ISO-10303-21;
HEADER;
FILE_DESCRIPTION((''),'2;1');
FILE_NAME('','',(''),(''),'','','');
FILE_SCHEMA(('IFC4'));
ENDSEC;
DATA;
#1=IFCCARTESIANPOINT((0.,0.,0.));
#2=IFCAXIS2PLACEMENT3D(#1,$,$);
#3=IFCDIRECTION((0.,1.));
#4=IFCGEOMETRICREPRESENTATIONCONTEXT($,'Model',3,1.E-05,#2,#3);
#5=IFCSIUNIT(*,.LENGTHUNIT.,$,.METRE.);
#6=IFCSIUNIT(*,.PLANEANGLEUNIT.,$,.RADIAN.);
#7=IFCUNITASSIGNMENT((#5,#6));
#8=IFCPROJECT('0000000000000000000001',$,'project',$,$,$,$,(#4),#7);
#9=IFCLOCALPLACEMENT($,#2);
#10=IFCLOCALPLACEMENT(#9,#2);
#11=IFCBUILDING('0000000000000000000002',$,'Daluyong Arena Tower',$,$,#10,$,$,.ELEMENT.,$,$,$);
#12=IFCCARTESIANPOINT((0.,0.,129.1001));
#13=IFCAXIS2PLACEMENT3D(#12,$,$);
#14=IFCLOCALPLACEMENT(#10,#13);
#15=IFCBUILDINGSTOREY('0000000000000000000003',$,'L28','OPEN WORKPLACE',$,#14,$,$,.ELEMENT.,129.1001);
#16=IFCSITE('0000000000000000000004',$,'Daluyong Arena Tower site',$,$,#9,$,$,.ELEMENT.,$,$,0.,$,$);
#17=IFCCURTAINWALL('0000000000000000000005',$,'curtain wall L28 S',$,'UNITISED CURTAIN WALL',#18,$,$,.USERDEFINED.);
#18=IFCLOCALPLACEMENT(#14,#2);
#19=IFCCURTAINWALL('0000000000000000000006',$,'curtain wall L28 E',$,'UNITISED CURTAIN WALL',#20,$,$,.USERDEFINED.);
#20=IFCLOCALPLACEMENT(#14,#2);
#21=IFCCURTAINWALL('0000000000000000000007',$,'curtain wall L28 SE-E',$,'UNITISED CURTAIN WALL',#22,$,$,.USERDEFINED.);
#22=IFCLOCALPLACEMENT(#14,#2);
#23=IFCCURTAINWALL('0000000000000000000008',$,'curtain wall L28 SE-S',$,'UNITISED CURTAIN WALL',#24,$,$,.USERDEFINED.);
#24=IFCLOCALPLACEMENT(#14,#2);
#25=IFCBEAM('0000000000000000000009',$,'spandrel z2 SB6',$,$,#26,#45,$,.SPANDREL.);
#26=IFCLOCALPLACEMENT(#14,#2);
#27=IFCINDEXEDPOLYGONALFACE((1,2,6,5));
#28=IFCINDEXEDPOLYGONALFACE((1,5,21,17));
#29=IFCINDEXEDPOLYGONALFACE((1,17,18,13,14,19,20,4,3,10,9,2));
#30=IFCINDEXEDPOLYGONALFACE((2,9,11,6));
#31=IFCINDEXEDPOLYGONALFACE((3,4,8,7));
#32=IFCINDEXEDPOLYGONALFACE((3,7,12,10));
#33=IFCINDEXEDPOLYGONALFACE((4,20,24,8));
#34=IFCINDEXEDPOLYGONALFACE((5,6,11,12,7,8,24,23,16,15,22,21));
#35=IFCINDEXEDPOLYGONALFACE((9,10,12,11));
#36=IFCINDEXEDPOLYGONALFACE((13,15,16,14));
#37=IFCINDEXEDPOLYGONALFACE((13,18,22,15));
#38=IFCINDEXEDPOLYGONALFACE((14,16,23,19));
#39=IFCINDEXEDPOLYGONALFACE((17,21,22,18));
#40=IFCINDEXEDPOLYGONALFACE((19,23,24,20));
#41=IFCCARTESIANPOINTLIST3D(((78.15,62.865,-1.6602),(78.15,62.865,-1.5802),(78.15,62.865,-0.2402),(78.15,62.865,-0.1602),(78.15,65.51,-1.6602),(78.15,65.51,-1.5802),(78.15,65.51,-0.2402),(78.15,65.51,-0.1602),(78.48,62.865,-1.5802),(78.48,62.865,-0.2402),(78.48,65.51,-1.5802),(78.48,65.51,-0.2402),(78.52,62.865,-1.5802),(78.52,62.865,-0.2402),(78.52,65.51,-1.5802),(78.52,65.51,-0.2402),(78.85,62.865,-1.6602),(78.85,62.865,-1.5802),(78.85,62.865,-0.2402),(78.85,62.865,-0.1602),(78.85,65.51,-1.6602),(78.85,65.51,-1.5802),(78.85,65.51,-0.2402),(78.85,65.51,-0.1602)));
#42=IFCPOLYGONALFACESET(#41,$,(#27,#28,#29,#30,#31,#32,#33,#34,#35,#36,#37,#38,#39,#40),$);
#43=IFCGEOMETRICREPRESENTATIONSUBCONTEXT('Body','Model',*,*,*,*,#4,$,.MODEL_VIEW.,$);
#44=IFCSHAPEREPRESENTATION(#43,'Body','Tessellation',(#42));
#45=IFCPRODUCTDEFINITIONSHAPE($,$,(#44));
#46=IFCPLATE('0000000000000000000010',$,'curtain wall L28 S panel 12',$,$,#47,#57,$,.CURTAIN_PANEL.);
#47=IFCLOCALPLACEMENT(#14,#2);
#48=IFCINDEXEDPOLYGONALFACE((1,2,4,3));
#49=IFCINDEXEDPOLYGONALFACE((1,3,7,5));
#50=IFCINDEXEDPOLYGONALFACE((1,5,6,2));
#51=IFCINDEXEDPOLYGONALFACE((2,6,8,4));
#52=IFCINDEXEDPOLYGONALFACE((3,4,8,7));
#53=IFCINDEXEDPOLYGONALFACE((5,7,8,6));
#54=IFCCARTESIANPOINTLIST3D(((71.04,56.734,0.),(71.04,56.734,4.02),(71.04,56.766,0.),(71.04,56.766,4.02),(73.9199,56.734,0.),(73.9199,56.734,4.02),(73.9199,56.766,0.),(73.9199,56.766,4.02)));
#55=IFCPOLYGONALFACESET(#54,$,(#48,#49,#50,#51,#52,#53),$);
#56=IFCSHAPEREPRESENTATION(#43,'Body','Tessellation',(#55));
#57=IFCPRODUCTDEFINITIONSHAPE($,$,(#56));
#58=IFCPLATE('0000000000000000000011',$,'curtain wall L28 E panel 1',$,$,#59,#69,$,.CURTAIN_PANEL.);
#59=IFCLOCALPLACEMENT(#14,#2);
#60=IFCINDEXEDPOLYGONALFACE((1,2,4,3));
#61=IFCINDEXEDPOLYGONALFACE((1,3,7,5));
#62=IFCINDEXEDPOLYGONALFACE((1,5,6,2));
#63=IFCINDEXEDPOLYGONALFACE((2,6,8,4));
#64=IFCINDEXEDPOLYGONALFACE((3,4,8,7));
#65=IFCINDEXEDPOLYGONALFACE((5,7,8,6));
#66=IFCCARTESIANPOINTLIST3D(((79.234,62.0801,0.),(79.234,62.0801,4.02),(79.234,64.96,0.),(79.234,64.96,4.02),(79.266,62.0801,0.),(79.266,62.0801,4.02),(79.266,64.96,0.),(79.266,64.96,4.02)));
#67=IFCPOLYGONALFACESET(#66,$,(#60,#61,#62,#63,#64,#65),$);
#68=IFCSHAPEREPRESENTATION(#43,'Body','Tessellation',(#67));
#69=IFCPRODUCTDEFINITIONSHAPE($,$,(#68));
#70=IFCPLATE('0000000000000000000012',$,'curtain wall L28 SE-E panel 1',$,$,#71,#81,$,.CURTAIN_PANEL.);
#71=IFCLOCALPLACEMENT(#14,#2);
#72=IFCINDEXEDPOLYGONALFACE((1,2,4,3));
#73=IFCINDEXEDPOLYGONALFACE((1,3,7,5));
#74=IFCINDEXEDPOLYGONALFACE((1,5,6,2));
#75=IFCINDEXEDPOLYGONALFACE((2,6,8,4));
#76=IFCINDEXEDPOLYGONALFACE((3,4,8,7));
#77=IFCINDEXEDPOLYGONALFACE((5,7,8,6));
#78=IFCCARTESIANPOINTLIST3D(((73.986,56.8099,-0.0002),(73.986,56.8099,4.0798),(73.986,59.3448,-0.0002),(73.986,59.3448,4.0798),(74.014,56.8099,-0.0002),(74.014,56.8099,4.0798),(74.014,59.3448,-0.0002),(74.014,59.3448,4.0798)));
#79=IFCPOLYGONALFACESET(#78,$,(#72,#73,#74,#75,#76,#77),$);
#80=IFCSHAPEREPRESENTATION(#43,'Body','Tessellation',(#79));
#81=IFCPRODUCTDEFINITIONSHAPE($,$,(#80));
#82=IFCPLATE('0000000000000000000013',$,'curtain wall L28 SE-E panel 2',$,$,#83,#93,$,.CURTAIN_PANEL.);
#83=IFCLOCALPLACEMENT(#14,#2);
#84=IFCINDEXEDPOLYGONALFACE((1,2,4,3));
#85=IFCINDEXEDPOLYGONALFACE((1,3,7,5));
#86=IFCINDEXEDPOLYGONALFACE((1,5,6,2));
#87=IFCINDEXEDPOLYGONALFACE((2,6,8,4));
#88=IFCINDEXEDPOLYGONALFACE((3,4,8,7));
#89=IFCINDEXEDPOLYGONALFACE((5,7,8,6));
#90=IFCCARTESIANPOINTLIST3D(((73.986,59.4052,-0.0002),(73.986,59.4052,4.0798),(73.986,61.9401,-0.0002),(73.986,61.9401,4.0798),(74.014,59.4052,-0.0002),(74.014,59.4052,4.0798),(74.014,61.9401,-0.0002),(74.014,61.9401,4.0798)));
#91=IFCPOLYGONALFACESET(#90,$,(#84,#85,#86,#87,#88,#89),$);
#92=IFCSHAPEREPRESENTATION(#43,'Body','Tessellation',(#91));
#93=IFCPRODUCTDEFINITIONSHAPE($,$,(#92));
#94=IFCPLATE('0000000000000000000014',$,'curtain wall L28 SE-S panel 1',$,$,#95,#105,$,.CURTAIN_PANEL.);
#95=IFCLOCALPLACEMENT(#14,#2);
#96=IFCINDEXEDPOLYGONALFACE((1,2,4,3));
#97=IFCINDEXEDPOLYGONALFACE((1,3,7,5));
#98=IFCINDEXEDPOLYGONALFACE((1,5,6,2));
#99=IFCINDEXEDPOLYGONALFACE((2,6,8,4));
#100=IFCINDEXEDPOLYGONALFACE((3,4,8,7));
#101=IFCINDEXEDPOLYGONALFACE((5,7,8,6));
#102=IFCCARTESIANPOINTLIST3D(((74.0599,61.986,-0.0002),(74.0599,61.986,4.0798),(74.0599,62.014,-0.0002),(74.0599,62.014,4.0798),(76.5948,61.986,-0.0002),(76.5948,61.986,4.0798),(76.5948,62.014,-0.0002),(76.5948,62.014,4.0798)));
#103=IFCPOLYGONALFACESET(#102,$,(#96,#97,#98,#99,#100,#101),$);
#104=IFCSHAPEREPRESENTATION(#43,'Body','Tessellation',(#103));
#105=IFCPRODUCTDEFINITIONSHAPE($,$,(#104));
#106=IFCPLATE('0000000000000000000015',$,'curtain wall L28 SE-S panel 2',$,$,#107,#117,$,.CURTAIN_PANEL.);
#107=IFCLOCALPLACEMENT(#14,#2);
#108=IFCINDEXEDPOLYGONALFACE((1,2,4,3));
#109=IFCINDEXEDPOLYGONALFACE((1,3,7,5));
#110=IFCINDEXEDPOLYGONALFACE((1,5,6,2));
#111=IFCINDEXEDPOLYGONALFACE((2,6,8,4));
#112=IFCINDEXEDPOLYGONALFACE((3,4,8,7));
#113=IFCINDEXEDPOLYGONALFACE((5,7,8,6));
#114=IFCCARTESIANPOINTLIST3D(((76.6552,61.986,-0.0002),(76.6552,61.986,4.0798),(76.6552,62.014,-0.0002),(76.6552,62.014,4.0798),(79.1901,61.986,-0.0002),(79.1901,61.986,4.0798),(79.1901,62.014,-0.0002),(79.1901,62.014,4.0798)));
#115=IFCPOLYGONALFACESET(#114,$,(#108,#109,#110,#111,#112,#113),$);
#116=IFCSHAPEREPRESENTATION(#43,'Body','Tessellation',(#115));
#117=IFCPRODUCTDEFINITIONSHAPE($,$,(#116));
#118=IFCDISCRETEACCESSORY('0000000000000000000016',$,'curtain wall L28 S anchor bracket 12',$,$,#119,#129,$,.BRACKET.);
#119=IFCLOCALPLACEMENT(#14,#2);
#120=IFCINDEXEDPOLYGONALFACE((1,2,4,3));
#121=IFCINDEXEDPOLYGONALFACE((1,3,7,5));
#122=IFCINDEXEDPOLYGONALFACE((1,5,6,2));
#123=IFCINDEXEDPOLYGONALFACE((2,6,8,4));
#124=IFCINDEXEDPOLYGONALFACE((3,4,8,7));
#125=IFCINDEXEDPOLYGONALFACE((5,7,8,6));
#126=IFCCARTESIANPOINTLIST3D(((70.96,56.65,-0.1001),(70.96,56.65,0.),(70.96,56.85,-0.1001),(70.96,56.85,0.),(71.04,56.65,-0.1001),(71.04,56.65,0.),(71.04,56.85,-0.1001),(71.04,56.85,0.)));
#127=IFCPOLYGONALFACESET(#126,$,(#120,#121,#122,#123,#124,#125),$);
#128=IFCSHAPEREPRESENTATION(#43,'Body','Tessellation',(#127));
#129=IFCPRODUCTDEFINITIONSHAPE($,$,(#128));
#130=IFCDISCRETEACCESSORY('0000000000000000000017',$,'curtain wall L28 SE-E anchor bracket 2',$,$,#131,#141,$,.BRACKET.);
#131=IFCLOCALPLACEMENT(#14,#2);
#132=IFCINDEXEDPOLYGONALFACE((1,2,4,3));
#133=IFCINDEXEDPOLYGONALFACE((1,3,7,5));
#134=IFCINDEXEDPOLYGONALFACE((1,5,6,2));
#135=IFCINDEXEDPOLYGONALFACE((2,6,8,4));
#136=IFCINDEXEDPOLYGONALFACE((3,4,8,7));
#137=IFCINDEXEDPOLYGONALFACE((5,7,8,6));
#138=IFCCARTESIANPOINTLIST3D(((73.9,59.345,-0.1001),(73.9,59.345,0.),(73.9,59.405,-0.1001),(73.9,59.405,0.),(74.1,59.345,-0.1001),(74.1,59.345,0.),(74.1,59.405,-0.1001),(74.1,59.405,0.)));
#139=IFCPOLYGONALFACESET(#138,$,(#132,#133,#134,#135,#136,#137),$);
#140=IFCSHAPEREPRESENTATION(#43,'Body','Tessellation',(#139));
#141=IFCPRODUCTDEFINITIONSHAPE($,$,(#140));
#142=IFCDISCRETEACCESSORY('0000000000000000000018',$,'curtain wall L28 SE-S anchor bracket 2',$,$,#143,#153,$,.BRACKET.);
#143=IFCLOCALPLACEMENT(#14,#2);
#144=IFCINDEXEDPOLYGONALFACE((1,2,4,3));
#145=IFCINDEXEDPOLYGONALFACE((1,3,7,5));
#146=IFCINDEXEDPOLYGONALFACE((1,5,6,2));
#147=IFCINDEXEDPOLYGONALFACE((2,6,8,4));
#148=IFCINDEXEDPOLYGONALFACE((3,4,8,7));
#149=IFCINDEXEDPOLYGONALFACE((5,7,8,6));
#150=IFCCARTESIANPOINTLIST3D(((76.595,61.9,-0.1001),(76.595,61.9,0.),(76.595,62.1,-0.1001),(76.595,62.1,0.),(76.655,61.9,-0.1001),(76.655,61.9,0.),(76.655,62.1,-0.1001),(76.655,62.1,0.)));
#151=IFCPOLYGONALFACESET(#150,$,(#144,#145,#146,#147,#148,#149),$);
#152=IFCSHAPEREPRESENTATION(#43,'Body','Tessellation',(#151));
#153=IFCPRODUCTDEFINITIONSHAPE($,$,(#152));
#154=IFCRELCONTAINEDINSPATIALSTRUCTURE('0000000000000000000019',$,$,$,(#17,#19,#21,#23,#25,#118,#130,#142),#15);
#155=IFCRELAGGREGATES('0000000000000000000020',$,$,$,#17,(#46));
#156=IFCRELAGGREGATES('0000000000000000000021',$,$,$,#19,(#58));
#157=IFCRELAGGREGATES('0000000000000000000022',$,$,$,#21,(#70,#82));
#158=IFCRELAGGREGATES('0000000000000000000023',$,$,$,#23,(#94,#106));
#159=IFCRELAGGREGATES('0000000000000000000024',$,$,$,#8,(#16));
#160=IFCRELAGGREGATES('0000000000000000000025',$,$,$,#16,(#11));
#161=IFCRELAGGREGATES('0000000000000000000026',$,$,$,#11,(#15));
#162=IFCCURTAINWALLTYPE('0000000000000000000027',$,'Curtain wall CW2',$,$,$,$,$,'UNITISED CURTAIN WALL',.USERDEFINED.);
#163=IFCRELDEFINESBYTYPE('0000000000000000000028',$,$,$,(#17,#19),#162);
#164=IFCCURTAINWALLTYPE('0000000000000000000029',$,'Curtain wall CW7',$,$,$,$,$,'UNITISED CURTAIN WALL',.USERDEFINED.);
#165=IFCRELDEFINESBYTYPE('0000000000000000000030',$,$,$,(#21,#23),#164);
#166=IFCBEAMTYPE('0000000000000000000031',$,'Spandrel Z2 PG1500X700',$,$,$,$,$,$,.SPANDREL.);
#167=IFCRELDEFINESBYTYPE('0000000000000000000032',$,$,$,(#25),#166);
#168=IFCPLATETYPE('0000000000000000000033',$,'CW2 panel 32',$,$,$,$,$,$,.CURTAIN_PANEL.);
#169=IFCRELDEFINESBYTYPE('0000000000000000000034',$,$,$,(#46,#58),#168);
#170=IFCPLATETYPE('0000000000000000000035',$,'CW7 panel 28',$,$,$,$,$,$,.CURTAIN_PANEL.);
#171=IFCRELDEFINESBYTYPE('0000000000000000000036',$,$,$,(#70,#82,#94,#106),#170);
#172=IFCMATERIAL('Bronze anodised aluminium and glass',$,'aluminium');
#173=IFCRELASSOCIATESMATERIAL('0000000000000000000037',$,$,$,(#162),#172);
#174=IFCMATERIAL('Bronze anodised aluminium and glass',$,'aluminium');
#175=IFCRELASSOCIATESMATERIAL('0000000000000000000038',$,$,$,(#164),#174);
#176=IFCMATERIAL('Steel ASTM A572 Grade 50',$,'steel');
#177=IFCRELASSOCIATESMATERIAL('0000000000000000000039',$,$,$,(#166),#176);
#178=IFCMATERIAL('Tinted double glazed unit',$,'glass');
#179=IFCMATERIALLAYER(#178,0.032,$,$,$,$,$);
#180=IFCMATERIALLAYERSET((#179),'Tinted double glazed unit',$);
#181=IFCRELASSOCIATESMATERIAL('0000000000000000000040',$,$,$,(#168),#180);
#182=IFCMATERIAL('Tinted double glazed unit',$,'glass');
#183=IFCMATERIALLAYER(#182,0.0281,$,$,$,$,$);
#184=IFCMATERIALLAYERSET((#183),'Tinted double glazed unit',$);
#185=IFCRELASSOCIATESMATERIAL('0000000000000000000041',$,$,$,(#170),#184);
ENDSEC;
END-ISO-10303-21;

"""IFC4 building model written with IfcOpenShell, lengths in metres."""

from ifc_helpers import new_model, si_unit, direction, frame, origin, origin_2d, place, context, subcontext, project, spatial, rectangle, i_section, extrude, material, layer, layer_set, material_profile, profile_set, type_object, element, aggregate, save


model = new_model("IFC4")

# Units and contexts
model_context = context("Model", 3, precision=1e-05, world=origin(), true_north=direction((0.0, 1.0)))
body_context = subcontext(model_context, "Body", "Model", "MODEL_VIEW")
ifc_project = project(units=[si_unit("LENGTHUNIT", "METRE"), si_unit("PLANEANGLEUNIT", "RADIAN")], contexts=[model_context])

# Site, building, storey
site_placement = place(None, origin())
site = spatial("IfcSite", under=ifc_project, at=site_placement, Name="Daluyong Arena Tower site", CompositionType="ELEMENT", RefElevation=0.0)
building_placement = place(site_placement, origin())
building = spatial("IfcBuilding", under=site, at=building_placement, Name="Daluyong Arena Tower", CompositionType="ELEMENT")
storey_placement = place(building_placement, frame((0.0, 0.0, 129.1001)))
storey = spatial("IfcBuildingStorey", under=building, at=storey_placement, Name="L28", Description="OPEN WORKPLACE", CompositionType="ELEMENT", Elevation=129.1001)

# Curtain wall
ifc_material_1 = material(Name="Bronze anodised aluminium and glass", Category="aluminium")
curtain_wall_type_1 = type_object("IfcCurtainWallType", Name="Curtain wall CW2", ElementType="UNITISED CURTAIN WALL", PredefinedType="USERDEFINED", material=ifc_material_1)
curtain_wall_1_placement = place(storey_placement, origin())
curtain_wall_1 = element("IfcCurtainWall", 1, at=curtain_wall_1_placement, inside=storey, type_object=curtain_wall_type_1, Name="curtain wall L28 S", ObjectType="UNITISED CURTAIN WALL", PredefinedType="USERDEFINED")

# Curtain wall
curtain_wall_2_placement = place(storey_placement, origin())
curtain_wall_2 = element("IfcCurtainWall", 2, at=curtain_wall_2_placement, inside=storey, type_object=curtain_wall_type_1, Name="curtain wall L28 E", ObjectType="UNITISED CURTAIN WALL", PredefinedType="USERDEFINED")

# Curtain walls
ifc_material_2 = material(Name="Bronze anodised aluminium and glass", Category="aluminium")
curtain_wall_type_2 = type_object("IfcCurtainWallType", Name="Curtain wall CW7", ElementType="UNITISED CURTAIN WALL", PredefinedType="USERDEFINED", material=ifc_material_2)
curtain_wall_3_placement = place(storey_placement, origin())
curtain_wall_3 = element("IfcCurtainWall", 3, at=curtain_wall_3_placement, inside=storey, type_object=curtain_wall_type_2, Name="curtain wall L28 SE-E", ObjectType="UNITISED CURTAIN WALL", PredefinedType="USERDEFINED")
curtain_wall_4_placement = place(storey_placement, origin())
curtain_wall_4 = element("IfcCurtainWall", 4, at=curtain_wall_4_placement, inside=storey, type_object=curtain_wall_type_2, Name="curtain wall L28 SE-S", ObjectType="UNITISED CURTAIN WALL", PredefinedType="USERDEFINED")

# Beam
ifc_material_3 = material(Name="Steel ASTM A572 Grade 50", Category="steel")
ifc_material_profile_1 = material_profile(ifc_material_3, i_section(OverallWidth=0.7, OverallDepth=1.5, WebThickness=0.04, FlangeThickness=0.08, at=origin_2d()))
ifc_profile_set_1 = profile_set([ifc_material_profile_1], Name="Steel ASTM A572 Grade 50")
beam_type_1 = type_object("IfcBeamType", Name="Spandrel Z2 PG1500X700", PredefinedType="SPANDREL", material=ifc_profile_set_1)
beam_1_placement = place(storey_placement, frame((78.5, 62.865, -0.9102), z_axis=(0.0, 1.0, 0.0), x_axis=(-1.0, 0.0, 0.0)))
element("IfcBeam", 5, at=beam_1_placement, inside=storey, type_object=beam_type_1, Name="spandrel z2 SB6", PredefinedType="SPANDREL", context=body_context, shape_type="SweptSolid", body=[
    extrude(i_section(OverallWidth=0.7, OverallDepth=1.5, WebThickness=0.04, FlangeThickness=0.08, at=origin_2d()), origin(), (0.0, 0.0, 1.0), 2.645),
])

# Plates
ifc_material_4 = material(Name="Tinted double glazed unit", Category="glass")
ifc_layer_1 = layer(ifc_material_4, 0.032)
ifc_layer_set_1 = layer_set([ifc_layer_1], Name="Tinted double glazed unit")
plate_type_1 = type_object("IfcPlateType", Name="CW2 panel 32", PredefinedType="CURTAIN_PANEL", material=ifc_layer_set_1)
plate_1_placement = place(storey_placement, frame((72.48, 56.75, 0.0), z_axis=(0.0, 0.0, 1.0), x_axis=(1.0, 0.0, 0.0)))
plate_1 = element("IfcPlate", 6, at=plate_1_placement, type_object=plate_type_1, Name="curtain wall L28 S panel 12", PredefinedType="CURTAIN_PANEL", context=body_context, shape_type="SweptSolid", body=[
    extrude(rectangle(XDim=2.8799, YDim=0.032, at=origin_2d()), origin(), (0.0, 0.0, 1.0), 4.02),
])
aggregate(curtain_wall_1, [plate_1])
plate_2_placement = place(storey_placement, frame((79.25, 63.52, 0.0), z_axis=(0.0, 0.0, 1.0), x_axis=(0.0, 1.0, 0.0)))
plate_2 = element("IfcPlate", 7, at=plate_2_placement, type_object=plate_type_1, Name="curtain wall L28 E panel 1", PredefinedType="CURTAIN_PANEL", context=body_context, shape_type="SweptSolid", body=[
    extrude(rectangle(XDim=2.8799, YDim=0.032, at=origin_2d()), origin(), (0.0, 0.0, 1.0), 4.02),
])
aggregate(curtain_wall_2, [plate_2])
ifc_material_5 = material(Name="Tinted double glazed unit", Category="glass")
ifc_layer_2 = layer(ifc_material_5, 0.0281)
ifc_layer_set_2 = layer_set([ifc_layer_2], Name="Tinted double glazed unit")
plate_type_2 = type_object("IfcPlateType", Name="CW7 panel 28", PredefinedType="CURTAIN_PANEL", material=ifc_layer_set_2)
plate_3_placement = place(storey_placement, frame((74.0, 58.0774, -0.0002), z_axis=(0.0, 0.0, 1.0), x_axis=(0.0, 1.0, 0.0)))
plate_3 = element("IfcPlate", 8, at=plate_3_placement, type_object=plate_type_2, Name="curtain wall L28 SE-E panel 1", PredefinedType="CURTAIN_PANEL", context=body_context, shape_type="SweptSolid", body=[
    extrude(rectangle(XDim=2.5349, YDim=0.0281, at=origin_2d()), origin(), (0.0, 0.0, 1.0), 4.0801),
])
plate_4_placement = place(storey_placement, frame((74.0, 60.6726, -0.0002), z_axis=(0.0, 0.0, 1.0), x_axis=(0.0, 1.0, 0.0)))
plate_4 = element("IfcPlate", 9, at=plate_4_placement, type_object=plate_type_2, Name="curtain wall L28 SE-E panel 2", PredefinedType="CURTAIN_PANEL", context=body_context, shape_type="SweptSolid", body=[
    extrude(rectangle(XDim=2.5349, YDim=0.0281, at=origin_2d()), origin(), (0.0, 0.0, 1.0), 4.0801),
])
aggregate(curtain_wall_3, [plate_3, plate_4])
plate_5_placement = place(storey_placement, frame((75.3274, 62.0, -0.0002), z_axis=(0.0, 0.0, 1.0), x_axis=(1.0, 0.0, 0.0)))
plate_5 = element("IfcPlate", 10, at=plate_5_placement, type_object=plate_type_2, Name="curtain wall L28 SE-S panel 1", PredefinedType="CURTAIN_PANEL", context=body_context, shape_type="SweptSolid", body=[
    extrude(rectangle(XDim=2.5349, YDim=0.0281, at=origin_2d()), origin(), (0.0, 0.0, 1.0), 4.0801),
])
plate_6_placement = place(storey_placement, frame((77.9226, 62.0, -0.0002), z_axis=(0.0, 0.0, 1.0), x_axis=(1.0, 0.0, 0.0)))
plate_6 = element("IfcPlate", 11, at=plate_6_placement, type_object=plate_type_2, Name="curtain wall L28 SE-S panel 2", PredefinedType="CURTAIN_PANEL", context=body_context, shape_type="SweptSolid", body=[
    extrude(rectangle(XDim=2.5349, YDim=0.0281, at=origin_2d()), origin(), (0.0, 0.0, 1.0), 4.0801),
])
aggregate(curtain_wall_4, [plate_5, plate_6])

# Discrete accessories
discrete_accessory_placement = place(storey_placement, frame((71.0, 56.75, -0.1001), z_axis=(0.0, 0.0, 1.0), x_axis=(1.0, 0.0, 0.0)))
element("IfcDiscreteAccessory", 12, at=discrete_accessory_placement, inside=storey, Name="curtain wall L28 S anchor bracket 12", PredefinedType="BRACKET", context=body_context, shape_type="SweptSolid", body=[
    extrude(rectangle(XDim=0.0801, YDim=0.2, at=origin_2d()), origin(), (0.0, 0.0, 1.0), 0.1001),
])
for number, where, z_axis, x_axis, name in (
    (13, (74.0, 59.375, -0.1001), (0.0, 0.0, 1.0), (0.0, 1.0, 0.0), "curtain wall L28 SE-E anchor bracket 2"),
    (14, (76.625, 62.0, -0.1001), (0.0, 0.0, 1.0), (1.0, 0.0, 0.0), "curtain wall L28 SE-S anchor bracket 2"),
):
    element("IfcDiscreteAccessory", number, at=place(storey_placement, frame(where, z_axis=z_axis, x_axis=x_axis)), inside=storey, Name=name, PredefinedType="BRACKET", context=body_context, shape_type="SweptSolid", body=[
        extrude(rectangle(XDim=0.0601, YDim=0.2, at=origin_2d()), origin(), (0.0, 0.0, 1.0), 0.1001),
    ])

save(model, "model.ifc")
